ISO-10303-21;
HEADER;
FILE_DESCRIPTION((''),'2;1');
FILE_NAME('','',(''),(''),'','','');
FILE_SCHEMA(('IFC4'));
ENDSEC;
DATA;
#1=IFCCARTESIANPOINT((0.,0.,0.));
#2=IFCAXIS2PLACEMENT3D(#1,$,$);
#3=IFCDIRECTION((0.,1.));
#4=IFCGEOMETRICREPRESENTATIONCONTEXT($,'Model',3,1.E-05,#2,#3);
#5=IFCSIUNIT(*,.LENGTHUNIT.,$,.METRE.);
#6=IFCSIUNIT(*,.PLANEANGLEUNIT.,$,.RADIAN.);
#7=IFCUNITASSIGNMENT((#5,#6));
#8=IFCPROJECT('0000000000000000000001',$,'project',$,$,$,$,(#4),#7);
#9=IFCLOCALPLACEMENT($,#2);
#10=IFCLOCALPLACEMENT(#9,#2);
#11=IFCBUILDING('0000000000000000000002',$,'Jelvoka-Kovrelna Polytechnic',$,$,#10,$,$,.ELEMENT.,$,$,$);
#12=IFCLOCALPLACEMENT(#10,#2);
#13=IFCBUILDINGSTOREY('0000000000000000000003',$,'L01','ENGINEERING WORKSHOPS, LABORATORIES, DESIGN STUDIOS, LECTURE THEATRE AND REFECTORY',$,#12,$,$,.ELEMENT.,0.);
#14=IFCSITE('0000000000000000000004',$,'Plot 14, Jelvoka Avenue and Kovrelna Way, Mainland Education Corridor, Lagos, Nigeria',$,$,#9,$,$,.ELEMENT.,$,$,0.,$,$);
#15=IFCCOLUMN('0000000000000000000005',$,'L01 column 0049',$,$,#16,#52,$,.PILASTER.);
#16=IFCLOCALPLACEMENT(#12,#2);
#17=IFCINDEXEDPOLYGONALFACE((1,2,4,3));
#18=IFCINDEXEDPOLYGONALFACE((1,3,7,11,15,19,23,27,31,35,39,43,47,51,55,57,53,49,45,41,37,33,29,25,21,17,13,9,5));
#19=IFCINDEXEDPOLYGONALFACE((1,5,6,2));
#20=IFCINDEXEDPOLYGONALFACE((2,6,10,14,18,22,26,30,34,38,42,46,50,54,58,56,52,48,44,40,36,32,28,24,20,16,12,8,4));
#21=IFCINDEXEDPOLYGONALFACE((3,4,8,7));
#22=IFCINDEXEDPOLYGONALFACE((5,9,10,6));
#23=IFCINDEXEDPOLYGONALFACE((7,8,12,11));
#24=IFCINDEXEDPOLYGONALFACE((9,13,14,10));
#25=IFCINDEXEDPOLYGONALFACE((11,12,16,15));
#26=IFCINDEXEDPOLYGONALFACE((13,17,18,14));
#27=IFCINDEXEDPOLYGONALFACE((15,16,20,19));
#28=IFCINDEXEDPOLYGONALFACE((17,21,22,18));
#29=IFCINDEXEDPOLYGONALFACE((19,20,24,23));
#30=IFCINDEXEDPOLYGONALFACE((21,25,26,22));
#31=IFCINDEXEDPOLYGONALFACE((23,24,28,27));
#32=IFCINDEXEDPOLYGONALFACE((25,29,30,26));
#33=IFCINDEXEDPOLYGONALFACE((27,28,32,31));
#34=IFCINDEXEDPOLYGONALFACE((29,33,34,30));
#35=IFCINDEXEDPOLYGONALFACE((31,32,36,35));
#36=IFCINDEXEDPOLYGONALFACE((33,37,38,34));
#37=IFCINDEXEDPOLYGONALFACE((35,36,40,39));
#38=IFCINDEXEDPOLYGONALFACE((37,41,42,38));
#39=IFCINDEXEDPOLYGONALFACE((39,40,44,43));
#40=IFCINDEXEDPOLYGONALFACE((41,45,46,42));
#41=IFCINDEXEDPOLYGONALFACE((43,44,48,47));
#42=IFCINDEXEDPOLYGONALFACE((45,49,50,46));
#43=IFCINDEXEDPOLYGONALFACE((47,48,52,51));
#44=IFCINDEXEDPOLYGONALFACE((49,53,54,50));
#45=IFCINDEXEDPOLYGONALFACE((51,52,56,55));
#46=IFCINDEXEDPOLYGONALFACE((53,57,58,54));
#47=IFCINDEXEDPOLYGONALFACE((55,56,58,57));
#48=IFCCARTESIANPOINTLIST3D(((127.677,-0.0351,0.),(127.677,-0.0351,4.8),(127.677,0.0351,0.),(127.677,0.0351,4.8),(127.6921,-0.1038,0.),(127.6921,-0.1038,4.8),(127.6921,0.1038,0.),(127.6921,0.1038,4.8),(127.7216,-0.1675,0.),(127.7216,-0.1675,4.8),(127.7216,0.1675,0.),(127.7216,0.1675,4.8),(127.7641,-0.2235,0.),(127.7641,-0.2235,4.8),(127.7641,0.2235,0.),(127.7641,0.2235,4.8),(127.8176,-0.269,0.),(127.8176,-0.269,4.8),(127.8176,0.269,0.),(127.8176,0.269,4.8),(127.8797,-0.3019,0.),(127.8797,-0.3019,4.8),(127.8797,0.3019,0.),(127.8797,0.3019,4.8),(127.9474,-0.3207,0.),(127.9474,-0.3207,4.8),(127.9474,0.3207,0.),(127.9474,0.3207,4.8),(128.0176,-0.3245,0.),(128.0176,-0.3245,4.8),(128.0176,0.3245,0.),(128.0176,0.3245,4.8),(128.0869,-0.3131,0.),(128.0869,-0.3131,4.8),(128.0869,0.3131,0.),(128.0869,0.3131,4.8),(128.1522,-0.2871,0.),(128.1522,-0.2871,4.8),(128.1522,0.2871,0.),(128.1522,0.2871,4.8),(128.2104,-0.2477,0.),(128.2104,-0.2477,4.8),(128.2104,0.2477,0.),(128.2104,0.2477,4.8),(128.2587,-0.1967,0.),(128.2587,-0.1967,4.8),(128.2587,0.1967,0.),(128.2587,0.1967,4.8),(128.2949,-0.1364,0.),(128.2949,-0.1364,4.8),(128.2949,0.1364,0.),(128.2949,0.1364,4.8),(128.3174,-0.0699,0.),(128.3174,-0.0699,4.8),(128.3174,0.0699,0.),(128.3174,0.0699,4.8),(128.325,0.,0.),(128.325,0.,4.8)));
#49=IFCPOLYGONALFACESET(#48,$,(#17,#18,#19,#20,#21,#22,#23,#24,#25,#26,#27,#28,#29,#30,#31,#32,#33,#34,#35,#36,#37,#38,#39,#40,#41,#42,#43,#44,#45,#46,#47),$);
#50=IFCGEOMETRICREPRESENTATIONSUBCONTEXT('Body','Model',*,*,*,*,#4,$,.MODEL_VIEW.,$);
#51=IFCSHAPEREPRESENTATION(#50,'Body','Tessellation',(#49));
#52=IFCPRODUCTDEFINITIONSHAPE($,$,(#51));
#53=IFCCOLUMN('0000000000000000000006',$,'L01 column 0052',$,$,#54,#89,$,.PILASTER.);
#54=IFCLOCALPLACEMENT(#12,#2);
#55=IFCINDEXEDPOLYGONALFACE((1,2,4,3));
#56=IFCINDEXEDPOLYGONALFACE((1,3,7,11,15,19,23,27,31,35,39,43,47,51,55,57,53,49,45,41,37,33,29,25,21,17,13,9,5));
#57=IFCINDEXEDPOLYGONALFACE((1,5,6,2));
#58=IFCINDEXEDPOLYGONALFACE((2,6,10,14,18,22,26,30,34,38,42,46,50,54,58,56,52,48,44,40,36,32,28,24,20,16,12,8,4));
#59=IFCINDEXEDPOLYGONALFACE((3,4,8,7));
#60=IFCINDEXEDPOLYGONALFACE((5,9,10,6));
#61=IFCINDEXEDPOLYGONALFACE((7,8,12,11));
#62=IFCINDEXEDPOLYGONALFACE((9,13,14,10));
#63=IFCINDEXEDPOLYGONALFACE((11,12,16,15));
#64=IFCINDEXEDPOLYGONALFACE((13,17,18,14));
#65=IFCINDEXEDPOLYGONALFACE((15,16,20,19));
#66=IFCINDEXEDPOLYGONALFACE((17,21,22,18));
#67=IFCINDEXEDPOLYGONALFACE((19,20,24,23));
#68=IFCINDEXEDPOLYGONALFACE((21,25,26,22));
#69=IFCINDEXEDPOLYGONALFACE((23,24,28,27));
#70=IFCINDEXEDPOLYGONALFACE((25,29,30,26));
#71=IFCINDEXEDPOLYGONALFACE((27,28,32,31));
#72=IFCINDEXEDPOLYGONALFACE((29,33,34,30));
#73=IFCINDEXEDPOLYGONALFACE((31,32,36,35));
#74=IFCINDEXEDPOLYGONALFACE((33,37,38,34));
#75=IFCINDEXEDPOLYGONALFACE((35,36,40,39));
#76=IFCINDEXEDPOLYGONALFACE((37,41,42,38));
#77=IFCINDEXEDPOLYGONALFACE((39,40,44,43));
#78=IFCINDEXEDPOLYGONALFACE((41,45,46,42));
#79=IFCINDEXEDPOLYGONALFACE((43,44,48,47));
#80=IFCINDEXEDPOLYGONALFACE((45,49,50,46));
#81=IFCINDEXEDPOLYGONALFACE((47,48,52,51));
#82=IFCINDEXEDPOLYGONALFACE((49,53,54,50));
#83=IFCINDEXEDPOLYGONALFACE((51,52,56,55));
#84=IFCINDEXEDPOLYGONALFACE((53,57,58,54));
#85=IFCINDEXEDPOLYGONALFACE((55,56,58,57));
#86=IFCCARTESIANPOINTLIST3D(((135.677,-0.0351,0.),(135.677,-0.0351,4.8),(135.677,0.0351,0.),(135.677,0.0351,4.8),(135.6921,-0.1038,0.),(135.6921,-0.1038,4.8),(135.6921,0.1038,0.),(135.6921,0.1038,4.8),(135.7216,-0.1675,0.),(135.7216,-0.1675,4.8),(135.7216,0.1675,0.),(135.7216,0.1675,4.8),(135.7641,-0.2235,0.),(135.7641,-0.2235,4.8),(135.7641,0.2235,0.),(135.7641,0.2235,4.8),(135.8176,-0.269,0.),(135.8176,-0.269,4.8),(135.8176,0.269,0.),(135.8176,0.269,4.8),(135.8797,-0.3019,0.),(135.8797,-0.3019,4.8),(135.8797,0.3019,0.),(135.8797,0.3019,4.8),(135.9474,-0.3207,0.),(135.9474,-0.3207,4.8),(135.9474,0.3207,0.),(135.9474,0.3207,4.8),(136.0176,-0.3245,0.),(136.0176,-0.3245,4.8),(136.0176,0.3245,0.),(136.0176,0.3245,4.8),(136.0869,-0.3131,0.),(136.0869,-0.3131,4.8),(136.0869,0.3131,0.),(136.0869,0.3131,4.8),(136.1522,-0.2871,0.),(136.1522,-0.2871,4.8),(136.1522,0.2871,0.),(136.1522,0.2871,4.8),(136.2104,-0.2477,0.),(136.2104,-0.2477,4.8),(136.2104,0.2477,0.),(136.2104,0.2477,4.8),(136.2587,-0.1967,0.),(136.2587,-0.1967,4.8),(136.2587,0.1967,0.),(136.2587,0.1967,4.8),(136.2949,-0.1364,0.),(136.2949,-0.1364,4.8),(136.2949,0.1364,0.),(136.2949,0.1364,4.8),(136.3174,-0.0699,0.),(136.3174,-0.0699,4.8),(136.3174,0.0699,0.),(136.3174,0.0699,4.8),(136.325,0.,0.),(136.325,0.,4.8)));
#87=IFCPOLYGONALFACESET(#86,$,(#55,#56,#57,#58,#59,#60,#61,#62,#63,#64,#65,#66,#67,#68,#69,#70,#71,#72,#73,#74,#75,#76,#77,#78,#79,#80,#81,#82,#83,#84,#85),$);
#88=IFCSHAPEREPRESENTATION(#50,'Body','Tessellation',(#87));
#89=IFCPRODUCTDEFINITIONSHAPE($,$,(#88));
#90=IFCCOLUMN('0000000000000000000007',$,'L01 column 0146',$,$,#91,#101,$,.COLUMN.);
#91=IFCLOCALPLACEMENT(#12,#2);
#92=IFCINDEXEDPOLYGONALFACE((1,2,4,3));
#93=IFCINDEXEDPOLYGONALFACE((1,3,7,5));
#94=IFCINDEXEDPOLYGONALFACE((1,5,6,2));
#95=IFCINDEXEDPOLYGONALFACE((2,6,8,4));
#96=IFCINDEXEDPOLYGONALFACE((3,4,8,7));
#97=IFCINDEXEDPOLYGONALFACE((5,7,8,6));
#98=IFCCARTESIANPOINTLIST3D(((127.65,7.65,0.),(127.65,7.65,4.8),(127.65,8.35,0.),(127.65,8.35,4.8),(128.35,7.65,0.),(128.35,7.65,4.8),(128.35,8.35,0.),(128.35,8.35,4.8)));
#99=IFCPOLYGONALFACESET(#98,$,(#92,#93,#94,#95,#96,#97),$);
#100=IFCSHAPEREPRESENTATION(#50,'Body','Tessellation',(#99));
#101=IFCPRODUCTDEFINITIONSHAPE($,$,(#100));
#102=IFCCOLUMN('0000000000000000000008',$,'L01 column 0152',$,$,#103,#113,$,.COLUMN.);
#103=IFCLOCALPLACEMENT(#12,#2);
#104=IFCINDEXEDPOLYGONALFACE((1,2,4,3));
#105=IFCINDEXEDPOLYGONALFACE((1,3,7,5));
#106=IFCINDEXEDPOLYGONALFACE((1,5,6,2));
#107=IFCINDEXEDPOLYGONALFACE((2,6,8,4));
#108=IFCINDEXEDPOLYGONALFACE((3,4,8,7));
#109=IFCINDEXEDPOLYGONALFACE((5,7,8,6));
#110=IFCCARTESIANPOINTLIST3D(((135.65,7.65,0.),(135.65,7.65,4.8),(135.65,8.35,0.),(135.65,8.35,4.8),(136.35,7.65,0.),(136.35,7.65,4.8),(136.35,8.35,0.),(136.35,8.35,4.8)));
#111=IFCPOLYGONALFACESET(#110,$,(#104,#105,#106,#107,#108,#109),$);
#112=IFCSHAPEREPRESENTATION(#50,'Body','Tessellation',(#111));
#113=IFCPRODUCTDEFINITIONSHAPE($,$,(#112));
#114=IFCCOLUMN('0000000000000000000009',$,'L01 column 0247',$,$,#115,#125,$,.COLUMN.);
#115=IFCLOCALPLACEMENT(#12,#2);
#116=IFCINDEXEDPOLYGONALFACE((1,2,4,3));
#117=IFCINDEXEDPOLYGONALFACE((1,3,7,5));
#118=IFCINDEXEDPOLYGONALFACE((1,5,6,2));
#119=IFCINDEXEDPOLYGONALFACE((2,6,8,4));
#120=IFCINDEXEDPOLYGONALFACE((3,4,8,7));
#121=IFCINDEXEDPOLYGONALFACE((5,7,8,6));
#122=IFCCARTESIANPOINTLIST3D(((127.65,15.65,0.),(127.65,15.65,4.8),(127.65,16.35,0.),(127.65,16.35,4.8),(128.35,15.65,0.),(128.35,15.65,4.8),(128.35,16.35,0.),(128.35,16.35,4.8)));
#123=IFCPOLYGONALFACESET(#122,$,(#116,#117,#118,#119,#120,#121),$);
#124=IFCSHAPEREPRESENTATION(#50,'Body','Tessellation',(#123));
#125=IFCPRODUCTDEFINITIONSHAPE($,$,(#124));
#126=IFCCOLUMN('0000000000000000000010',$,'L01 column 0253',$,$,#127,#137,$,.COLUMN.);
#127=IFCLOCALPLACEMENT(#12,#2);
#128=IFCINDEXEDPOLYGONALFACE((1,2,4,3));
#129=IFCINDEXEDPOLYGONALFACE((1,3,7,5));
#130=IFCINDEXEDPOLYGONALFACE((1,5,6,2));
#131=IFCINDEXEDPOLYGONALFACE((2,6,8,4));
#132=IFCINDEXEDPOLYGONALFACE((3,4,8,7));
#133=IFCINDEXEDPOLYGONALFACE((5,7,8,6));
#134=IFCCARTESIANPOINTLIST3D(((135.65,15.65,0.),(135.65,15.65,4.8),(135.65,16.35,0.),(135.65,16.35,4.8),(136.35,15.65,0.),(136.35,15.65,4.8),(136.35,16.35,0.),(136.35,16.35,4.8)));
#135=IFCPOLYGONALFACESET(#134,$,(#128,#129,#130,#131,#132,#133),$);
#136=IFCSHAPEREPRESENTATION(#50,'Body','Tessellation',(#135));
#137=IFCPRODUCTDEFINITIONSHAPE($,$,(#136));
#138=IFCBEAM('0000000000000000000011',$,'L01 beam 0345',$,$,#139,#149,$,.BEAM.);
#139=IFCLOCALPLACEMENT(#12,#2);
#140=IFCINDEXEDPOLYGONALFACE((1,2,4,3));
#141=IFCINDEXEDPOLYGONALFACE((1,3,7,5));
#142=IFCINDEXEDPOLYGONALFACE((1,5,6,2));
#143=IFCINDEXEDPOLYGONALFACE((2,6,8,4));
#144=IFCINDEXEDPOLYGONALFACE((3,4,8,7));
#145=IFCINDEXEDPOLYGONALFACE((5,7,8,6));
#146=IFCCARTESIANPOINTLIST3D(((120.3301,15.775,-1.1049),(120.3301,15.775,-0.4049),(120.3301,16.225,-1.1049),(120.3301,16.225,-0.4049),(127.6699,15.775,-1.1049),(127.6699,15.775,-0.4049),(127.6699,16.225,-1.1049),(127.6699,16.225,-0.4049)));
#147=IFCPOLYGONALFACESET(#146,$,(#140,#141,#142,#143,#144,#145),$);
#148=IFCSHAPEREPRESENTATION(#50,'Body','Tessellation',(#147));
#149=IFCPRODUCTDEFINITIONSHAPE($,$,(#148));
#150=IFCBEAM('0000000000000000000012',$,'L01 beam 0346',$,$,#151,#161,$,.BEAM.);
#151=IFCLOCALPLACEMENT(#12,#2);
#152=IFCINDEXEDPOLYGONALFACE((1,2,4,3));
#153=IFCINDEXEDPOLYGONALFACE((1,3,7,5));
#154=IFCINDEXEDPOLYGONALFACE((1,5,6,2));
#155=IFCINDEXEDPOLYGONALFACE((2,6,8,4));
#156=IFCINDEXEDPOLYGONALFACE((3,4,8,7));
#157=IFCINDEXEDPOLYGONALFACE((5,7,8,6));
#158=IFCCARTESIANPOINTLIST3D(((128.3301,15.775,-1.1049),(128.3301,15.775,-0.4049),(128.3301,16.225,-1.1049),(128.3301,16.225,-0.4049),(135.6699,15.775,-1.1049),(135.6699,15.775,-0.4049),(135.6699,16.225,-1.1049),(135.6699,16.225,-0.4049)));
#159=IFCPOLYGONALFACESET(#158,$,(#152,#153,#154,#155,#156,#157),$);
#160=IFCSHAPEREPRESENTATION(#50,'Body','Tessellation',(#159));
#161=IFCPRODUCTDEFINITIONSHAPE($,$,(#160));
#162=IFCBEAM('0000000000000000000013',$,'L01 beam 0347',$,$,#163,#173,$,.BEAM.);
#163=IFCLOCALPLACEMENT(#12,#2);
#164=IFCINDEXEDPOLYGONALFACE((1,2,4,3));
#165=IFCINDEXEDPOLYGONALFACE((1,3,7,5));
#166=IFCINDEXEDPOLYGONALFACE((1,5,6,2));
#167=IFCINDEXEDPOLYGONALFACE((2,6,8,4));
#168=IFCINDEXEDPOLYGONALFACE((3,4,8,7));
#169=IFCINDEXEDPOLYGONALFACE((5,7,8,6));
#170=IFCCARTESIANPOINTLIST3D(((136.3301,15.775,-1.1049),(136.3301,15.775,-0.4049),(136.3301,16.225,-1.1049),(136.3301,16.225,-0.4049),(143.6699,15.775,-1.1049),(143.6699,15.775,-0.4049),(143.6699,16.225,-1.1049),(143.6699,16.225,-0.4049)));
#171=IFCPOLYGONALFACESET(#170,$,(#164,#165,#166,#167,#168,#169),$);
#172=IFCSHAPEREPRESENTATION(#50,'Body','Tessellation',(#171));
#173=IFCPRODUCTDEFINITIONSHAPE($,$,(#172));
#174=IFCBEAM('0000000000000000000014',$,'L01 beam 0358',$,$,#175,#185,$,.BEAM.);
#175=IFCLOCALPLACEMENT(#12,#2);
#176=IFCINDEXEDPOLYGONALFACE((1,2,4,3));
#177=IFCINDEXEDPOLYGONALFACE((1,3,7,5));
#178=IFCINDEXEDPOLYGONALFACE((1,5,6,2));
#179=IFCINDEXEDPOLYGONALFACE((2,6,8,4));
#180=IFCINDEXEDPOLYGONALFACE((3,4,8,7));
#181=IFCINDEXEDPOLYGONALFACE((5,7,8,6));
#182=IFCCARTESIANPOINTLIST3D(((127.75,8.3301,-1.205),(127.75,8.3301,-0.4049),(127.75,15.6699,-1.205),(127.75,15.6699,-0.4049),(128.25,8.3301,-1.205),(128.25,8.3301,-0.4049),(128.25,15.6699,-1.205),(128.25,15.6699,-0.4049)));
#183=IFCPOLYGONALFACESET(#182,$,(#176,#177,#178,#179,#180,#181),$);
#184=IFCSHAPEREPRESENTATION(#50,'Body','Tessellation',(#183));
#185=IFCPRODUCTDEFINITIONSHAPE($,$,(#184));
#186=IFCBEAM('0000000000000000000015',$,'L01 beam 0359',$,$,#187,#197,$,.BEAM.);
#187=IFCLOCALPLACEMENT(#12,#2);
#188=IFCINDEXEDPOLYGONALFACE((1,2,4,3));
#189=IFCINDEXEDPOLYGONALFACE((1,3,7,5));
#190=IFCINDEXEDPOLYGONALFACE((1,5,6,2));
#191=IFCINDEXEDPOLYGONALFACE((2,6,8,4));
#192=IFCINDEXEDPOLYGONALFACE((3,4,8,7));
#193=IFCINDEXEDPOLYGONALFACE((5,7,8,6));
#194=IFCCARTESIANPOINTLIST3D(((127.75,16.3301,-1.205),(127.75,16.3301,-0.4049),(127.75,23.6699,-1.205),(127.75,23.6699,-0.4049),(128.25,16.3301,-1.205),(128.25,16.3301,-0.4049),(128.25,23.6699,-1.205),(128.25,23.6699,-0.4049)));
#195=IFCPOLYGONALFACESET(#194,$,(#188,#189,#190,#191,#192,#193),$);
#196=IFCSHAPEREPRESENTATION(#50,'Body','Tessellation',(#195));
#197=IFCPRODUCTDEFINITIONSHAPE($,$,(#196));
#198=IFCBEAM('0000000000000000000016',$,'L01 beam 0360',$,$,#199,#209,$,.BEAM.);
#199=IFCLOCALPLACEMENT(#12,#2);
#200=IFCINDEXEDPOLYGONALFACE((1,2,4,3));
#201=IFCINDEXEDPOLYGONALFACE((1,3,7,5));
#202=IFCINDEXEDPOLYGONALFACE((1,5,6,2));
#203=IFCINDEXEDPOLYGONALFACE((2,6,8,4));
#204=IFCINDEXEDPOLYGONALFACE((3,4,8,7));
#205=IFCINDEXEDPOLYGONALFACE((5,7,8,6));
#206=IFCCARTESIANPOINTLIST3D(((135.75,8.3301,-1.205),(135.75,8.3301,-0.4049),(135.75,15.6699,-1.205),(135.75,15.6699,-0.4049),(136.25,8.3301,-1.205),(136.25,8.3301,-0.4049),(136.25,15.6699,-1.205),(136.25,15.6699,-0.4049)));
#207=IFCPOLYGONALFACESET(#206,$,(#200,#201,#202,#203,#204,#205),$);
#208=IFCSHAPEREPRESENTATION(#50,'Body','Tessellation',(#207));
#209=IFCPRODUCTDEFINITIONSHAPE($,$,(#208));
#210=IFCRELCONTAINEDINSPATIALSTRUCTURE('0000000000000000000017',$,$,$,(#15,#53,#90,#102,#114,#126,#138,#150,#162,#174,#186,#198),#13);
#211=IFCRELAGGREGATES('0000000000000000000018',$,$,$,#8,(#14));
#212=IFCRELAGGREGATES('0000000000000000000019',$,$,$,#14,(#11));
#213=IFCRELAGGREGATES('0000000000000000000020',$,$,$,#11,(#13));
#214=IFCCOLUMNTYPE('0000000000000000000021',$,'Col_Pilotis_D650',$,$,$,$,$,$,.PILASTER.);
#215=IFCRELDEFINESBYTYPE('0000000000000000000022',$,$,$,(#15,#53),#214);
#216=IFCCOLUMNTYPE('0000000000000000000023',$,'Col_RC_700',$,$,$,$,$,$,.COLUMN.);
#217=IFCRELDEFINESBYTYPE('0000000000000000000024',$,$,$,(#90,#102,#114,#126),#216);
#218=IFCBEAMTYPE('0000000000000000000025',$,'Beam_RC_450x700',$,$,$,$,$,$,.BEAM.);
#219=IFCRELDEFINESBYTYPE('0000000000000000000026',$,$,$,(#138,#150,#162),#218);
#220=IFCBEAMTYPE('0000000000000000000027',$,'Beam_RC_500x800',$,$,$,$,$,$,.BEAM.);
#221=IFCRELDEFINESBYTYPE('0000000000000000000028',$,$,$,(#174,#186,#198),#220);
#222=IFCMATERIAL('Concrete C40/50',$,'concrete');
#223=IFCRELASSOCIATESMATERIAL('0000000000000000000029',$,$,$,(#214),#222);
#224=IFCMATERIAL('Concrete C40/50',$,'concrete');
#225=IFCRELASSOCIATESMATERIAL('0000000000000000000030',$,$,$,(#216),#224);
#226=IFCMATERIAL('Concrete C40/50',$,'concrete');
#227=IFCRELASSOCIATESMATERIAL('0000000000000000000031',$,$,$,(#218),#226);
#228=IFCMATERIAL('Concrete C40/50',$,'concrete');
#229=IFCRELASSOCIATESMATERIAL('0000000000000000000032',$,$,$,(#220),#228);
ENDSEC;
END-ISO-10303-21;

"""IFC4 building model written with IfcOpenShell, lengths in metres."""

from ifc_helpers import new_model, si_unit, direction, frame, origin, origin_2d, place, context, subcontext, project, spatial, rectangle, circle, extrude, material, material_profile, profile_set, type_object, element, save


model = new_model("IFC4")

# Units and contexts
model_context = context("Model", 3, precision=1e-05, world=origin(), true_north=direction((0.0, 1.0)))
body_context = subcontext(model_context, "Body", "Model", "MODEL_VIEW")
ifc_project = project(units=[si_unit("LENGTHUNIT", "METRE"), si_unit("PLANEANGLEUNIT", "RADIAN")], contexts=[model_context])

# Site, building, storey
site_placement = place(None, origin())
site = spatial("IfcSite", under=ifc_project, at=site_placement, Name="Plot 14, Jelvoka Avenue and Kovrelna Way, Mainland Education Corridor, Lagos, Nigeria", CompositionType="ELEMENT", RefElevation=0.0)
building_placement = place(site_placement, origin())
building = spatial("IfcBuilding", under=site, at=building_placement, Name="Jelvoka-Kovrelna Polytechnic", CompositionType="ELEMENT")
storey_placement = place(building_placement, origin())
storey = spatial("IfcBuildingStorey", under=building, at=storey_placement, Name="L01", Description="ENGINEERING WORKSHOPS, LABORATORIES, DESIGN STUDIOS, LECTURE THEATRE AND REFECTORY", CompositionType="ELEMENT", Elevation=0.0)

# Columns
ifc_material_1 = material(Name="Concrete C40/50", Category="concrete")
ifc_material_profile_1 = material_profile(ifc_material_1, circle(Radius=0.325, at=origin_2d()), Name="RC D650")
ifc_profile_set_1 = profile_set([ifc_material_profile_1], Name="Concrete C40/50")
column_type_1 = type_object("IfcColumnType", Name="Col_Pilotis_D650", PredefinedType="PILASTER", material=ifc_profile_set_1)
for number, where, z_axis, x_axis, name in (
    (1, (128.0, 0.0, 0.0), (0.0, 0.0, 1.0), (1.0, 0.0, 0.0), "L01 column 0049"),
    (2, (136.0, 0.0, 0.0), (0.0, 0.0, 1.0), (1.0, 0.0, 0.0), "L01 column 0052"),
):
    element("IfcColumn", number, at=place(storey_placement, frame(where, z_axis=z_axis, x_axis=x_axis)), inside=storey, type_object=column_type_1, Name=name, PredefinedType="PILASTER", context=body_context, shape_type="SweptSolid", body=[
        extrude(circle(Radius=0.325, at=origin_2d()), origin(), (0.0, 0.0, 1.0), 4.8),
    ])
ifc_material_2 = material(Name="Concrete C40/50", Category="concrete")
ifc_material_profile_2 = material_profile(ifc_material_2, rectangle(XDim=0.7, YDim=0.7, at=origin_2d()), Name="RC 700x700")
ifc_profile_set_2 = profile_set([ifc_material_profile_2], Name="Concrete C40/50")
column_type_2 = type_object("IfcColumnType", Name="Col_RC_700", PredefinedType="COLUMN", material=ifc_profile_set_2)
for number, where, z_axis, x_axis, name in (
    (3, (128.0, 8.0, 0.0), (0.0, 0.0, 1.0), (1.0, 0.0, 0.0), "L01 column 0146"),
    (4, (136.0, 8.0, 0.0), (0.0, 0.0, 1.0), (1.0, 0.0, 0.0), "L01 column 0152"),
    (5, (128.0, 16.0, 0.0), (0.0, 0.0, 1.0), (1.0, 0.0, 0.0), "L01 column 0247"),
    (6, (136.0, 16.0, 0.0), (0.0, 0.0, 1.0), (1.0, 0.0, 0.0), "L01 column 0253"),
):
    element("IfcColumn", number, at=place(storey_placement, frame(where, z_axis=z_axis, x_axis=x_axis)), inside=storey, type_object=column_type_2, Name=name, PredefinedType="COLUMN", context=body_context, shape_type="SweptSolid", body=[
        extrude(rectangle(XDim=0.7, YDim=0.7, at=origin_2d()), origin(), (0.0, 0.0, 1.0), 4.8),
    ])

# Beams
ifc_material_3 = material(Name="Concrete C40/50", Category="concrete")
ifc_material_profile_3 = material_profile(ifc_material_3, rectangle(XDim=0.45, YDim=0.7, at=origin_2d()), Name="RC 450x700")
ifc_profile_set_3 = profile_set([ifc_material_profile_3], Name="Concrete C40/50")
beam_type_1 = type_object("IfcBeamType", Name="Beam_RC_450x700", PredefinedType="BEAM", material=ifc_profile_set_3)
for number, where, z_axis, x_axis, name in (
    (7, (120.3301, 16.0, -0.7549), (1.0, 0.0, 0.0), (0.0, 1.0, 0.0), "L01 beam 0345"),
    (8, (128.3301, 16.0, -0.7549), (1.0, 0.0, 0.0), (0.0, 1.0, 0.0), "L01 beam 0346"),
    (9, (136.3301, 16.0, -0.7549), (1.0, 0.0, 0.0), (0.0, 1.0, 0.0), "L01 beam 0347"),
):
    element("IfcBeam", number, at=place(storey_placement, frame(where, z_axis=z_axis, x_axis=x_axis)), inside=storey, type_object=beam_type_1, Name=name, PredefinedType="BEAM", context=body_context, shape_type="SweptSolid", body=[
        extrude(rectangle(XDim=0.45, YDim=0.7, at=origin_2d()), origin(), (0.0, 0.0, 1.0), 7.3398),
    ])
ifc_material_4 = material(Name="Concrete C40/50", Category="concrete")
ifc_material_profile_4 = material_profile(ifc_material_4, rectangle(XDim=0.5, YDim=0.8, at=origin_2d()), Name="RC 500x800")
ifc_profile_set_4 = profile_set([ifc_material_profile_4], Name="Concrete C40/50")
beam_type_2 = type_object("IfcBeamType", Name="Beam_RC_500x800", PredefinedType="BEAM", material=ifc_profile_set_4)
for number, where, z_axis, x_axis, name in (
    (10, (128.0, 8.3301, -0.8049), (0.0, 1.0, 0.0), (-1.0, 0.0, 0.0), "L01 beam 0358"),
    (11, (128.0, 16.3301, -0.8049), (0.0, 1.0, 0.0), (-1.0, 0.0, 0.0), "L01 beam 0359"),
    (12, (136.0, 8.3301, -0.8049), (0.0, 1.0, 0.0), (-1.0, 0.0, 0.0), "L01 beam 0360"),
):
    element("IfcBeam", number, at=place(storey_placement, frame(where, z_axis=z_axis, x_axis=x_axis)), inside=storey, type_object=beam_type_2, Name=name, PredefinedType="BEAM", context=body_context, shape_type="SweptSolid", body=[
        extrude(rectangle(XDim=0.5, YDim=0.8, at=origin_2d()), origin(), (0.0, 0.0, 1.0), 7.3398),
    ])

save(model, "model.ifc")
